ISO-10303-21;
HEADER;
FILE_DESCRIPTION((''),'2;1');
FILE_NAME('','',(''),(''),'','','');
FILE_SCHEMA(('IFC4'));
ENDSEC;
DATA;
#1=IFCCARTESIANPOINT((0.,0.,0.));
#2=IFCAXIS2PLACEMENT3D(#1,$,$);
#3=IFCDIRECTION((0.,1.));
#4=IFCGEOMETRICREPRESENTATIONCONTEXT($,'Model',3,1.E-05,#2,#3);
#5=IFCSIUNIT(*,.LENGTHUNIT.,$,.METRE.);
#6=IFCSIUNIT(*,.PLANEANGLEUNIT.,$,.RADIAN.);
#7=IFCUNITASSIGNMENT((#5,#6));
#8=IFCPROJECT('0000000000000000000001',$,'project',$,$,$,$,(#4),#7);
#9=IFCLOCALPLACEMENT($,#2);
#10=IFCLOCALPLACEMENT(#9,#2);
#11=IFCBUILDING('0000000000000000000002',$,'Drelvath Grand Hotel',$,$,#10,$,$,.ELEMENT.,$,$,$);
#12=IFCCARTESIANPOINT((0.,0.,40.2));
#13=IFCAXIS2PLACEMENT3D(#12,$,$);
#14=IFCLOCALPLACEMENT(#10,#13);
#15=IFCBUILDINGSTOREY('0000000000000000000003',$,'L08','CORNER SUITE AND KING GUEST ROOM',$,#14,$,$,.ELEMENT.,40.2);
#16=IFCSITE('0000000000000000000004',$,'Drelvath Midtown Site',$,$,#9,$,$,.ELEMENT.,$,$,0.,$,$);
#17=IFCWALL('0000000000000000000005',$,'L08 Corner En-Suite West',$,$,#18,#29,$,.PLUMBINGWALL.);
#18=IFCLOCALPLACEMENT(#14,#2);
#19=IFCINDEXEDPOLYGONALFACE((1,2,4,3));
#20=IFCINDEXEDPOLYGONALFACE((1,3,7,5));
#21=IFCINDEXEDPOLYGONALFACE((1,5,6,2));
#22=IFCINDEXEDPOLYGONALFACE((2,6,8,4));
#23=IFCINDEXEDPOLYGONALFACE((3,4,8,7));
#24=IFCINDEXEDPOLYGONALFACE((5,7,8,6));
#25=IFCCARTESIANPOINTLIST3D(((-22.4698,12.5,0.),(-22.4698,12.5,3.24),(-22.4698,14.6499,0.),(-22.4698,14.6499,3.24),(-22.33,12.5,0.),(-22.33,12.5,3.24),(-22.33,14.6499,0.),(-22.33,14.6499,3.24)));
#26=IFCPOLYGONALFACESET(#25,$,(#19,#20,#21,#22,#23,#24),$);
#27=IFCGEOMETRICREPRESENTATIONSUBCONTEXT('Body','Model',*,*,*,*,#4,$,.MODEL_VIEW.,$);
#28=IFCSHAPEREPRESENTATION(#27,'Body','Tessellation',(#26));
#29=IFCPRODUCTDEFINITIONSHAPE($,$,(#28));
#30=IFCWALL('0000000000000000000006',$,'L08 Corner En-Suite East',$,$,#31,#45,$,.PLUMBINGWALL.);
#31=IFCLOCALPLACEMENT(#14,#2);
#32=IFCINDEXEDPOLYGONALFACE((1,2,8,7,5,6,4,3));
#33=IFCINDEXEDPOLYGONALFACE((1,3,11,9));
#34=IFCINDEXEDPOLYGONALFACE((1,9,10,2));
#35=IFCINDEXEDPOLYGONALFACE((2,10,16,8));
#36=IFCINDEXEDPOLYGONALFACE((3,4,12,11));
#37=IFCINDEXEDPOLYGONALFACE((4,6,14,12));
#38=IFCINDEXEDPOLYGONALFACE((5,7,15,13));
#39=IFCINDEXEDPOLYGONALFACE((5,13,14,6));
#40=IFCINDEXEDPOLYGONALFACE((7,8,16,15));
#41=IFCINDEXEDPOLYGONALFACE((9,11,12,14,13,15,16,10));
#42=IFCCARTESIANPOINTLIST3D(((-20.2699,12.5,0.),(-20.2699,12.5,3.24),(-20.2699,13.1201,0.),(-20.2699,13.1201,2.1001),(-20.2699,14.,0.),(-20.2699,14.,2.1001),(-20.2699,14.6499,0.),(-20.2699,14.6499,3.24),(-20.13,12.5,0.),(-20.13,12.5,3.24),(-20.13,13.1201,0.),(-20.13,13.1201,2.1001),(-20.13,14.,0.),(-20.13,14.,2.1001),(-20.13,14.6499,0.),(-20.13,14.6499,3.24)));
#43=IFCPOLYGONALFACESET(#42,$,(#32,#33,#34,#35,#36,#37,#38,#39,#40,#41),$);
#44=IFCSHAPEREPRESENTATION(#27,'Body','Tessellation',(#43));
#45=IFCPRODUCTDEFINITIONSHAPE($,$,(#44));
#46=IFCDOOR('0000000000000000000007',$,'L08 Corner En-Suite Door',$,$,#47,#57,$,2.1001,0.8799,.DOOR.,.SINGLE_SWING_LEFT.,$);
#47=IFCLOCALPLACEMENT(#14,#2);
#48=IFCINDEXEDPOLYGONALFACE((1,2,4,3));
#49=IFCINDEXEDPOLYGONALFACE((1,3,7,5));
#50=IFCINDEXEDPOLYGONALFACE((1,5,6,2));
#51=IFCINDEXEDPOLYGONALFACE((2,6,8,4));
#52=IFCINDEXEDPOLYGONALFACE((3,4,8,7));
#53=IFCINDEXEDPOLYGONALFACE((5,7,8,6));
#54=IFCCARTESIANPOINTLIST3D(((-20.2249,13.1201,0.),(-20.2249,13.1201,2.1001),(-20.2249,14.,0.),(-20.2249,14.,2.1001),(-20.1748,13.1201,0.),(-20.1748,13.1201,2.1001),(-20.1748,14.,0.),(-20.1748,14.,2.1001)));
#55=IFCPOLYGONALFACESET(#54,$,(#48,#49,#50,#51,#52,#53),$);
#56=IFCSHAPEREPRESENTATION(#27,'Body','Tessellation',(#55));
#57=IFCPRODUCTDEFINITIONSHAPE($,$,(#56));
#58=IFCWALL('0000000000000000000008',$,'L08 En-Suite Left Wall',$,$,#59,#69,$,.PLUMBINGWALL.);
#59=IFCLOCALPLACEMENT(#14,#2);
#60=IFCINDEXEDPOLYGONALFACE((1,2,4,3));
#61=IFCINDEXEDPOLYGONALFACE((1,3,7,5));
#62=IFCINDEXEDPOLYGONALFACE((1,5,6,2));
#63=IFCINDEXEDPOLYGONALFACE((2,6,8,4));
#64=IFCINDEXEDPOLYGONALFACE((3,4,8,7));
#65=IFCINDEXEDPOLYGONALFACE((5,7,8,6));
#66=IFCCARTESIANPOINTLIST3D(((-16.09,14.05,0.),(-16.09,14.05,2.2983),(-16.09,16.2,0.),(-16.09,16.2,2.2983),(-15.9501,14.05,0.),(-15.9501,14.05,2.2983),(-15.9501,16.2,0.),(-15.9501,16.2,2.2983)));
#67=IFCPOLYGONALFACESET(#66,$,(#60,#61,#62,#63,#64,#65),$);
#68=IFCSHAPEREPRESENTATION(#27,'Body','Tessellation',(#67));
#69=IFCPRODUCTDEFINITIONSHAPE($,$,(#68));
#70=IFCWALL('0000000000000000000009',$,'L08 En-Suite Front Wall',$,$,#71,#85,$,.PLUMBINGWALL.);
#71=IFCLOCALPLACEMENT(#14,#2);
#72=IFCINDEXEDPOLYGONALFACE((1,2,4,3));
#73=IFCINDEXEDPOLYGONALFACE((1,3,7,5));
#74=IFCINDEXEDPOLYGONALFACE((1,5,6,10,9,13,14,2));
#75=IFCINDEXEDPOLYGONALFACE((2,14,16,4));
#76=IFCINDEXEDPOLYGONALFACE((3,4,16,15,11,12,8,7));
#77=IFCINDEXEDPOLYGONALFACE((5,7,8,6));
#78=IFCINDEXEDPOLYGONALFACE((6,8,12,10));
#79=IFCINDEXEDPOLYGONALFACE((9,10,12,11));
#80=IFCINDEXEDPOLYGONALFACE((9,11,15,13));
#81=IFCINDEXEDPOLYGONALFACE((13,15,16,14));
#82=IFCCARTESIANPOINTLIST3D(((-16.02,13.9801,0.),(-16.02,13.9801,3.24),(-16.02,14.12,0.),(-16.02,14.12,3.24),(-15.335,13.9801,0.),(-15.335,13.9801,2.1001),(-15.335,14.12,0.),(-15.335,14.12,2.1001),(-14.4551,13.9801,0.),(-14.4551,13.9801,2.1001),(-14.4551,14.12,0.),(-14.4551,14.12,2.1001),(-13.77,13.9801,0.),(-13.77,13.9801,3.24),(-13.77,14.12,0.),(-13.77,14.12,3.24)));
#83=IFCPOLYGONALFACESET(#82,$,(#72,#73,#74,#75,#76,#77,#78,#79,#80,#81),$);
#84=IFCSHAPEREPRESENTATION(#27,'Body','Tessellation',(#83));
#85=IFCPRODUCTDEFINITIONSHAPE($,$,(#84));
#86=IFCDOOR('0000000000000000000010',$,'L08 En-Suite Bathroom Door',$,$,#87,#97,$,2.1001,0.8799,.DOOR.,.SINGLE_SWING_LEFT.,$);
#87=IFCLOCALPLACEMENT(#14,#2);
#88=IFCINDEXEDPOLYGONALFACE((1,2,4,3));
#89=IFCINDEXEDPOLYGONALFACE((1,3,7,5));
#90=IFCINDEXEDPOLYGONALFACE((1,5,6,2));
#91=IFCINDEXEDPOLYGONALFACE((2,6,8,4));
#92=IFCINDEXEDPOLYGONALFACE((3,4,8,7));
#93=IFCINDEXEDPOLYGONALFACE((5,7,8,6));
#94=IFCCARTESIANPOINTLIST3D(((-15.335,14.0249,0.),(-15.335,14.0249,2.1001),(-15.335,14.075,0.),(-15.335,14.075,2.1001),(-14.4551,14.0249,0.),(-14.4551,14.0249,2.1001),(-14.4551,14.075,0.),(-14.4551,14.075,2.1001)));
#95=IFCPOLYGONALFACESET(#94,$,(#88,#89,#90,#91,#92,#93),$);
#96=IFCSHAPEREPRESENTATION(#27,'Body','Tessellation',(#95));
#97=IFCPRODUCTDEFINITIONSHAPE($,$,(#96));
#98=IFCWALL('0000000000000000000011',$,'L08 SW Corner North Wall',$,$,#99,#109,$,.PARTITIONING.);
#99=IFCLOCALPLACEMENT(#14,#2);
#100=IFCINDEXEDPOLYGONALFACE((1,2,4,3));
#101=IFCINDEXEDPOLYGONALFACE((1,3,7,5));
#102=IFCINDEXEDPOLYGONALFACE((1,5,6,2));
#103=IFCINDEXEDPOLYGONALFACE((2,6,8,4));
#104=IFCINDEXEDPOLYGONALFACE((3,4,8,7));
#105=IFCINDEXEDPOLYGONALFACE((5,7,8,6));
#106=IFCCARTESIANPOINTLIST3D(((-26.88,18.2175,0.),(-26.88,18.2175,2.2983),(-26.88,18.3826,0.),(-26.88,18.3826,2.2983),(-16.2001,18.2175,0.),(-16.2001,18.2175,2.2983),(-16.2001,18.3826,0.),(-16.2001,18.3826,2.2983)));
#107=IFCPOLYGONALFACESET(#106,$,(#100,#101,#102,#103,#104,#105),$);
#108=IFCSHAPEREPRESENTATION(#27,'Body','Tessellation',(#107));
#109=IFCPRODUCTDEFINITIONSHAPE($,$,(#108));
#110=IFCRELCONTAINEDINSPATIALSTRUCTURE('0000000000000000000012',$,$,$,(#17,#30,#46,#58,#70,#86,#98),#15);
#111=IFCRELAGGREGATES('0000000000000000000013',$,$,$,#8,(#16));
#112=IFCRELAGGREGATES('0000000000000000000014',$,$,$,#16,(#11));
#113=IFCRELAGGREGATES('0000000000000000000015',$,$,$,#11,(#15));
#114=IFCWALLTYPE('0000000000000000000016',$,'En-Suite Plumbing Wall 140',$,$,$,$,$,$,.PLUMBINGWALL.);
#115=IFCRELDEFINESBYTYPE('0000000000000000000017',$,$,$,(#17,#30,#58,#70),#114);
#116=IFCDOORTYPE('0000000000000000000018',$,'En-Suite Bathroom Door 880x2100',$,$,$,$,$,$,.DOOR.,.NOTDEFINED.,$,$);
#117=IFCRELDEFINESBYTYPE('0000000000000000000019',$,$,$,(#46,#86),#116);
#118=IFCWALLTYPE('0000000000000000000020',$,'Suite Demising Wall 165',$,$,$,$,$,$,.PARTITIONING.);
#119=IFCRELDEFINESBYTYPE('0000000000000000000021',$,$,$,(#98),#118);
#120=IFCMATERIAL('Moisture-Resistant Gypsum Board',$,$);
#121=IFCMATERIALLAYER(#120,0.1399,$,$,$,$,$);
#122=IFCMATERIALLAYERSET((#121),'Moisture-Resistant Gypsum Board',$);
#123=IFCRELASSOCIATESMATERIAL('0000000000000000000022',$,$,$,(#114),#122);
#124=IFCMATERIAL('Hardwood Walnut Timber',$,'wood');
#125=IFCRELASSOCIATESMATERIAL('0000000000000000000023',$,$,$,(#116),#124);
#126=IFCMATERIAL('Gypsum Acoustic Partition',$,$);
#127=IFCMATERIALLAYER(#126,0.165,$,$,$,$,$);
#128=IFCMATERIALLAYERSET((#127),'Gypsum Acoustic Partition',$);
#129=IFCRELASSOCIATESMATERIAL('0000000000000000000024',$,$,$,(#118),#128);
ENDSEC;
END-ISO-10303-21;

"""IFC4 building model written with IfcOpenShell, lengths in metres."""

from ifc_helpers import new_model, si_unit, direction, frame, frame_2d, origin, place, context, subcontext, project, spatial, rectangle, extrude, material, layer, layer_set, type_object, element, fill, save


model = new_model("IFC4")

# Units and contexts
model_context = context("Model", 3, precision=1e-05, world=origin(), true_north=direction((0.0, 1.0)))
body_context = subcontext(model_context, "Body", "Model", "MODEL_VIEW")
ifc_project = project(units=[si_unit("LENGTHUNIT", "METRE"), si_unit("PLANEANGLEUNIT", "RADIAN")], contexts=[model_context])

# Site, building, storey
site_placement = place(None, origin())
site = spatial("IfcSite", under=ifc_project, at=site_placement, Name="Drelvath Midtown Site", CompositionType="ELEMENT", RefElevation=0.0)
building_placement = place(site_placement, origin())
building = spatial("IfcBuilding", under=site, at=building_placement, Name="Drelvath Grand Hotel", CompositionType="ELEMENT")
storey_placement = place(building_placement, frame((0.0, 0.0, 40.2)))
storey = spatial("IfcBuildingStorey", under=building, at=storey_placement, Name="L08", Description="CORNER SUITE AND KING GUEST ROOM", CompositionType="ELEMENT", Elevation=40.2)

# Shared definitions
ifc_material_1 = material(Name="Hardwood Walnut Timber", Category="wood")

# Wall
ifc_material_2 = material(Name="Moisture-Resistant Gypsum Board")
ifc_layer_1 = layer(ifc_material_2, 0.1399)
ifc_layer_set_1 = layer_set([ifc_layer_1], Name="Moisture-Resistant Gypsum Board")
wall_type_1 = type_object("IfcWallType", Name="En-Suite Plumbing Wall 140", PredefinedType="PLUMBINGWALL", material=ifc_layer_set_1)
wall_1_placement = place(storey_placement, frame((-22.3999, 12.5, 0.0), z_axis=(0.0, 0.0, 1.0), x_axis=(0.0, 1.0, 0.0)))
element("IfcWall", 1, at=wall_1_placement, inside=storey, type_object=wall_type_1, Name="L08 Corner En-Suite West", PredefinedType="PLUMBINGWALL", context=body_context, shape_type="SweptSolid", body=[
    extrude(rectangle(XDim=2.1499, YDim=0.1399, at=frame_2d((1.075, 0.0))), origin(), (0.0, 0.0, 1.0), 3.24),
])

# Wall, opening, door
wall_2_placement = place(storey_placement, frame((-20.2, 12.5, 0.0), z_axis=(0.0, 0.0, 1.0), x_axis=(0.0, 1.0, 0.0)))
wall_2 = element("IfcWall", 2, at=wall_2_placement, inside=storey, type_object=wall_type_1, Name="L08 Corner En-Suite East", PredefinedType="PLUMBINGWALL", context=body_context, shape_type="SweptSolid", body=[
    extrude(rectangle(XDim=2.1499, YDim=0.1399, at=frame_2d((1.075, 0.0))), origin(), (0.0, 0.0, 1.0), 3.24),
])
opening_1_placement = place(wall_2_placement, frame((0.6201, 0.0, 0.0)))
opening_1 = element("IfcOpeningElement", 3, at=opening_1_placement, cuts=wall_2, PredefinedType="OPENING", context=body_context, shape_type="SweptSolid", body=[
    extrude(rectangle(XDim=0.8799, YDim=2.1001, at=frame_2d((0.4399, 1.05))), frame((0.0, 0.0798, 0.0), z_axis=(0.0, -1.0, 0.0), x_axis=(1.0, 0.0, 0.0)), (0.0, 0.0, 1.0), 0.1599),
])
door_type_1 = type_object("IfcDoorType", Name="En-Suite Bathroom Door 880x2100", OperationType="NOTDEFINED", PredefinedType="DOOR", material=ifc_material_1)
door_1_placement = place(opening_1_placement, origin())
door_1 = element("IfcDoor", 4, at=door_1_placement, inside=storey, type_object=door_type_1, Name="L08 Corner En-Suite Door", OperationType="SINGLE_SWING_LEFT", OverallHeight=2.1001, OverallWidth=0.8799, PredefinedType="DOOR", context=body_context, shape_type="SweptSolid", body=[
    extrude(rectangle(XDim=0.8799, YDim=2.1001, at=frame_2d((0.4399, 1.05))), frame((0.0, 0.0249, 0.0), z_axis=(0.0, -1.0, 0.0), x_axis=(1.0, 0.0, 0.0)), (0.0, 0.0, 1.0), 0.05),
])
fill(opening_1, door_1)

# Wall
wall_3_placement = place(storey_placement, frame((-16.02, 16.2, 0.0), z_axis=(0.0, 0.0, 1.0), x_axis=(0.0, -1.0, 0.0)))
element("IfcWall", 5, at=wall_3_placement, inside=storey, type_object=wall_type_1, Name="L08 En-Suite Left Wall", PredefinedType="PLUMBINGWALL", context=body_context, shape_type="SweptSolid", body=[
    extrude(rectangle(XDim=2.1499, YDim=0.1399, at=frame_2d((1.075, 0.0))), origin(), (0.0, 0.0, 1.0), 2.2983),
])

# Wall, opening, door
wall_4_placement = place(storey_placement, frame((-16.02, 14.05, 0.0), z_axis=(0.0, 0.0, 1.0), x_axis=(1.0, 0.0, 0.0)))
wall_4 = element("IfcWall", 6, at=wall_4_placement, inside=storey, type_object=wall_type_1, Name="L08 En-Suite Front Wall", PredefinedType="PLUMBINGWALL", context=body_context, shape_type="SweptSolid", body=[
    extrude(rectangle(XDim=2.25, YDim=0.1399, at=frame_2d((1.125, 0.0))), origin(), (0.0, 0.0, 1.0), 3.24),
])
opening_2_placement = place(wall_4_placement, frame((0.6851, 0.0, 0.0)))
opening_2 = element("IfcOpeningElement", 7, at=opening_2_placement, cuts=wall_4, PredefinedType="OPENING", context=body_context, shape_type="SweptSolid", body=[
    extrude(rectangle(XDim=0.8799, YDim=2.1001, at=frame_2d((0.4399, 1.05))), frame((0.0, 0.0798, 0.0), z_axis=(0.0, -1.0, 0.0), x_axis=(1.0, 0.0, 0.0)), (0.0, 0.0, 1.0), 0.1599),
])
door_2_placement = place(opening_2_placement, origin())
door_2 = element("IfcDoor", 8, at=door_2_placement, inside=storey, type_object=door_type_1, Name="L08 En-Suite Bathroom Door", OperationType="SINGLE_SWING_LEFT", OverallHeight=2.1001, OverallWidth=0.8799, PredefinedType="DOOR", context=body_context, shape_type="SweptSolid", body=[
    extrude(rectangle(XDim=0.8799, YDim=2.1001, at=frame_2d((0.4399, 1.05))), frame((0.0, 0.0249, 0.0), z_axis=(0.0, -1.0, 0.0), x_axis=(1.0, 0.0, 0.0)), (0.0, 0.0, 1.0), 0.05),
])
fill(opening_2, door_2)

# Wall
ifc_material_3 = material(Name="Gypsum Acoustic Partition")
ifc_layer_2 = layer(ifc_material_3, 0.165)
ifc_layer_set_2 = layer_set([ifc_layer_2], Name="Gypsum Acoustic Partition")
wall_type_2 = type_object("IfcWallType", Name="Suite Demising Wall 165", PredefinedType="PARTITIONING", material=ifc_layer_set_2)
wall_5_placement = place(storey_placement, frame((-26.8799, 18.3, 0.0), z_axis=(0.0, 0.0, 1.0), x_axis=(1.0, 0.0, 0.0)))
element("IfcWall", 9, at=wall_5_placement, inside=storey, type_object=wall_type_2, Name="L08 SW Corner North Wall", PredefinedType="PARTITIONING", context=body_context, shape_type="SweptSolid", body=[
    extrude(rectangle(XDim=10.6799, YDim=0.165, at=frame_2d((5.3398, 0.0))), origin(), (0.0, 0.0, 1.0), 2.2983),
])

save(model, "model.ifc")
